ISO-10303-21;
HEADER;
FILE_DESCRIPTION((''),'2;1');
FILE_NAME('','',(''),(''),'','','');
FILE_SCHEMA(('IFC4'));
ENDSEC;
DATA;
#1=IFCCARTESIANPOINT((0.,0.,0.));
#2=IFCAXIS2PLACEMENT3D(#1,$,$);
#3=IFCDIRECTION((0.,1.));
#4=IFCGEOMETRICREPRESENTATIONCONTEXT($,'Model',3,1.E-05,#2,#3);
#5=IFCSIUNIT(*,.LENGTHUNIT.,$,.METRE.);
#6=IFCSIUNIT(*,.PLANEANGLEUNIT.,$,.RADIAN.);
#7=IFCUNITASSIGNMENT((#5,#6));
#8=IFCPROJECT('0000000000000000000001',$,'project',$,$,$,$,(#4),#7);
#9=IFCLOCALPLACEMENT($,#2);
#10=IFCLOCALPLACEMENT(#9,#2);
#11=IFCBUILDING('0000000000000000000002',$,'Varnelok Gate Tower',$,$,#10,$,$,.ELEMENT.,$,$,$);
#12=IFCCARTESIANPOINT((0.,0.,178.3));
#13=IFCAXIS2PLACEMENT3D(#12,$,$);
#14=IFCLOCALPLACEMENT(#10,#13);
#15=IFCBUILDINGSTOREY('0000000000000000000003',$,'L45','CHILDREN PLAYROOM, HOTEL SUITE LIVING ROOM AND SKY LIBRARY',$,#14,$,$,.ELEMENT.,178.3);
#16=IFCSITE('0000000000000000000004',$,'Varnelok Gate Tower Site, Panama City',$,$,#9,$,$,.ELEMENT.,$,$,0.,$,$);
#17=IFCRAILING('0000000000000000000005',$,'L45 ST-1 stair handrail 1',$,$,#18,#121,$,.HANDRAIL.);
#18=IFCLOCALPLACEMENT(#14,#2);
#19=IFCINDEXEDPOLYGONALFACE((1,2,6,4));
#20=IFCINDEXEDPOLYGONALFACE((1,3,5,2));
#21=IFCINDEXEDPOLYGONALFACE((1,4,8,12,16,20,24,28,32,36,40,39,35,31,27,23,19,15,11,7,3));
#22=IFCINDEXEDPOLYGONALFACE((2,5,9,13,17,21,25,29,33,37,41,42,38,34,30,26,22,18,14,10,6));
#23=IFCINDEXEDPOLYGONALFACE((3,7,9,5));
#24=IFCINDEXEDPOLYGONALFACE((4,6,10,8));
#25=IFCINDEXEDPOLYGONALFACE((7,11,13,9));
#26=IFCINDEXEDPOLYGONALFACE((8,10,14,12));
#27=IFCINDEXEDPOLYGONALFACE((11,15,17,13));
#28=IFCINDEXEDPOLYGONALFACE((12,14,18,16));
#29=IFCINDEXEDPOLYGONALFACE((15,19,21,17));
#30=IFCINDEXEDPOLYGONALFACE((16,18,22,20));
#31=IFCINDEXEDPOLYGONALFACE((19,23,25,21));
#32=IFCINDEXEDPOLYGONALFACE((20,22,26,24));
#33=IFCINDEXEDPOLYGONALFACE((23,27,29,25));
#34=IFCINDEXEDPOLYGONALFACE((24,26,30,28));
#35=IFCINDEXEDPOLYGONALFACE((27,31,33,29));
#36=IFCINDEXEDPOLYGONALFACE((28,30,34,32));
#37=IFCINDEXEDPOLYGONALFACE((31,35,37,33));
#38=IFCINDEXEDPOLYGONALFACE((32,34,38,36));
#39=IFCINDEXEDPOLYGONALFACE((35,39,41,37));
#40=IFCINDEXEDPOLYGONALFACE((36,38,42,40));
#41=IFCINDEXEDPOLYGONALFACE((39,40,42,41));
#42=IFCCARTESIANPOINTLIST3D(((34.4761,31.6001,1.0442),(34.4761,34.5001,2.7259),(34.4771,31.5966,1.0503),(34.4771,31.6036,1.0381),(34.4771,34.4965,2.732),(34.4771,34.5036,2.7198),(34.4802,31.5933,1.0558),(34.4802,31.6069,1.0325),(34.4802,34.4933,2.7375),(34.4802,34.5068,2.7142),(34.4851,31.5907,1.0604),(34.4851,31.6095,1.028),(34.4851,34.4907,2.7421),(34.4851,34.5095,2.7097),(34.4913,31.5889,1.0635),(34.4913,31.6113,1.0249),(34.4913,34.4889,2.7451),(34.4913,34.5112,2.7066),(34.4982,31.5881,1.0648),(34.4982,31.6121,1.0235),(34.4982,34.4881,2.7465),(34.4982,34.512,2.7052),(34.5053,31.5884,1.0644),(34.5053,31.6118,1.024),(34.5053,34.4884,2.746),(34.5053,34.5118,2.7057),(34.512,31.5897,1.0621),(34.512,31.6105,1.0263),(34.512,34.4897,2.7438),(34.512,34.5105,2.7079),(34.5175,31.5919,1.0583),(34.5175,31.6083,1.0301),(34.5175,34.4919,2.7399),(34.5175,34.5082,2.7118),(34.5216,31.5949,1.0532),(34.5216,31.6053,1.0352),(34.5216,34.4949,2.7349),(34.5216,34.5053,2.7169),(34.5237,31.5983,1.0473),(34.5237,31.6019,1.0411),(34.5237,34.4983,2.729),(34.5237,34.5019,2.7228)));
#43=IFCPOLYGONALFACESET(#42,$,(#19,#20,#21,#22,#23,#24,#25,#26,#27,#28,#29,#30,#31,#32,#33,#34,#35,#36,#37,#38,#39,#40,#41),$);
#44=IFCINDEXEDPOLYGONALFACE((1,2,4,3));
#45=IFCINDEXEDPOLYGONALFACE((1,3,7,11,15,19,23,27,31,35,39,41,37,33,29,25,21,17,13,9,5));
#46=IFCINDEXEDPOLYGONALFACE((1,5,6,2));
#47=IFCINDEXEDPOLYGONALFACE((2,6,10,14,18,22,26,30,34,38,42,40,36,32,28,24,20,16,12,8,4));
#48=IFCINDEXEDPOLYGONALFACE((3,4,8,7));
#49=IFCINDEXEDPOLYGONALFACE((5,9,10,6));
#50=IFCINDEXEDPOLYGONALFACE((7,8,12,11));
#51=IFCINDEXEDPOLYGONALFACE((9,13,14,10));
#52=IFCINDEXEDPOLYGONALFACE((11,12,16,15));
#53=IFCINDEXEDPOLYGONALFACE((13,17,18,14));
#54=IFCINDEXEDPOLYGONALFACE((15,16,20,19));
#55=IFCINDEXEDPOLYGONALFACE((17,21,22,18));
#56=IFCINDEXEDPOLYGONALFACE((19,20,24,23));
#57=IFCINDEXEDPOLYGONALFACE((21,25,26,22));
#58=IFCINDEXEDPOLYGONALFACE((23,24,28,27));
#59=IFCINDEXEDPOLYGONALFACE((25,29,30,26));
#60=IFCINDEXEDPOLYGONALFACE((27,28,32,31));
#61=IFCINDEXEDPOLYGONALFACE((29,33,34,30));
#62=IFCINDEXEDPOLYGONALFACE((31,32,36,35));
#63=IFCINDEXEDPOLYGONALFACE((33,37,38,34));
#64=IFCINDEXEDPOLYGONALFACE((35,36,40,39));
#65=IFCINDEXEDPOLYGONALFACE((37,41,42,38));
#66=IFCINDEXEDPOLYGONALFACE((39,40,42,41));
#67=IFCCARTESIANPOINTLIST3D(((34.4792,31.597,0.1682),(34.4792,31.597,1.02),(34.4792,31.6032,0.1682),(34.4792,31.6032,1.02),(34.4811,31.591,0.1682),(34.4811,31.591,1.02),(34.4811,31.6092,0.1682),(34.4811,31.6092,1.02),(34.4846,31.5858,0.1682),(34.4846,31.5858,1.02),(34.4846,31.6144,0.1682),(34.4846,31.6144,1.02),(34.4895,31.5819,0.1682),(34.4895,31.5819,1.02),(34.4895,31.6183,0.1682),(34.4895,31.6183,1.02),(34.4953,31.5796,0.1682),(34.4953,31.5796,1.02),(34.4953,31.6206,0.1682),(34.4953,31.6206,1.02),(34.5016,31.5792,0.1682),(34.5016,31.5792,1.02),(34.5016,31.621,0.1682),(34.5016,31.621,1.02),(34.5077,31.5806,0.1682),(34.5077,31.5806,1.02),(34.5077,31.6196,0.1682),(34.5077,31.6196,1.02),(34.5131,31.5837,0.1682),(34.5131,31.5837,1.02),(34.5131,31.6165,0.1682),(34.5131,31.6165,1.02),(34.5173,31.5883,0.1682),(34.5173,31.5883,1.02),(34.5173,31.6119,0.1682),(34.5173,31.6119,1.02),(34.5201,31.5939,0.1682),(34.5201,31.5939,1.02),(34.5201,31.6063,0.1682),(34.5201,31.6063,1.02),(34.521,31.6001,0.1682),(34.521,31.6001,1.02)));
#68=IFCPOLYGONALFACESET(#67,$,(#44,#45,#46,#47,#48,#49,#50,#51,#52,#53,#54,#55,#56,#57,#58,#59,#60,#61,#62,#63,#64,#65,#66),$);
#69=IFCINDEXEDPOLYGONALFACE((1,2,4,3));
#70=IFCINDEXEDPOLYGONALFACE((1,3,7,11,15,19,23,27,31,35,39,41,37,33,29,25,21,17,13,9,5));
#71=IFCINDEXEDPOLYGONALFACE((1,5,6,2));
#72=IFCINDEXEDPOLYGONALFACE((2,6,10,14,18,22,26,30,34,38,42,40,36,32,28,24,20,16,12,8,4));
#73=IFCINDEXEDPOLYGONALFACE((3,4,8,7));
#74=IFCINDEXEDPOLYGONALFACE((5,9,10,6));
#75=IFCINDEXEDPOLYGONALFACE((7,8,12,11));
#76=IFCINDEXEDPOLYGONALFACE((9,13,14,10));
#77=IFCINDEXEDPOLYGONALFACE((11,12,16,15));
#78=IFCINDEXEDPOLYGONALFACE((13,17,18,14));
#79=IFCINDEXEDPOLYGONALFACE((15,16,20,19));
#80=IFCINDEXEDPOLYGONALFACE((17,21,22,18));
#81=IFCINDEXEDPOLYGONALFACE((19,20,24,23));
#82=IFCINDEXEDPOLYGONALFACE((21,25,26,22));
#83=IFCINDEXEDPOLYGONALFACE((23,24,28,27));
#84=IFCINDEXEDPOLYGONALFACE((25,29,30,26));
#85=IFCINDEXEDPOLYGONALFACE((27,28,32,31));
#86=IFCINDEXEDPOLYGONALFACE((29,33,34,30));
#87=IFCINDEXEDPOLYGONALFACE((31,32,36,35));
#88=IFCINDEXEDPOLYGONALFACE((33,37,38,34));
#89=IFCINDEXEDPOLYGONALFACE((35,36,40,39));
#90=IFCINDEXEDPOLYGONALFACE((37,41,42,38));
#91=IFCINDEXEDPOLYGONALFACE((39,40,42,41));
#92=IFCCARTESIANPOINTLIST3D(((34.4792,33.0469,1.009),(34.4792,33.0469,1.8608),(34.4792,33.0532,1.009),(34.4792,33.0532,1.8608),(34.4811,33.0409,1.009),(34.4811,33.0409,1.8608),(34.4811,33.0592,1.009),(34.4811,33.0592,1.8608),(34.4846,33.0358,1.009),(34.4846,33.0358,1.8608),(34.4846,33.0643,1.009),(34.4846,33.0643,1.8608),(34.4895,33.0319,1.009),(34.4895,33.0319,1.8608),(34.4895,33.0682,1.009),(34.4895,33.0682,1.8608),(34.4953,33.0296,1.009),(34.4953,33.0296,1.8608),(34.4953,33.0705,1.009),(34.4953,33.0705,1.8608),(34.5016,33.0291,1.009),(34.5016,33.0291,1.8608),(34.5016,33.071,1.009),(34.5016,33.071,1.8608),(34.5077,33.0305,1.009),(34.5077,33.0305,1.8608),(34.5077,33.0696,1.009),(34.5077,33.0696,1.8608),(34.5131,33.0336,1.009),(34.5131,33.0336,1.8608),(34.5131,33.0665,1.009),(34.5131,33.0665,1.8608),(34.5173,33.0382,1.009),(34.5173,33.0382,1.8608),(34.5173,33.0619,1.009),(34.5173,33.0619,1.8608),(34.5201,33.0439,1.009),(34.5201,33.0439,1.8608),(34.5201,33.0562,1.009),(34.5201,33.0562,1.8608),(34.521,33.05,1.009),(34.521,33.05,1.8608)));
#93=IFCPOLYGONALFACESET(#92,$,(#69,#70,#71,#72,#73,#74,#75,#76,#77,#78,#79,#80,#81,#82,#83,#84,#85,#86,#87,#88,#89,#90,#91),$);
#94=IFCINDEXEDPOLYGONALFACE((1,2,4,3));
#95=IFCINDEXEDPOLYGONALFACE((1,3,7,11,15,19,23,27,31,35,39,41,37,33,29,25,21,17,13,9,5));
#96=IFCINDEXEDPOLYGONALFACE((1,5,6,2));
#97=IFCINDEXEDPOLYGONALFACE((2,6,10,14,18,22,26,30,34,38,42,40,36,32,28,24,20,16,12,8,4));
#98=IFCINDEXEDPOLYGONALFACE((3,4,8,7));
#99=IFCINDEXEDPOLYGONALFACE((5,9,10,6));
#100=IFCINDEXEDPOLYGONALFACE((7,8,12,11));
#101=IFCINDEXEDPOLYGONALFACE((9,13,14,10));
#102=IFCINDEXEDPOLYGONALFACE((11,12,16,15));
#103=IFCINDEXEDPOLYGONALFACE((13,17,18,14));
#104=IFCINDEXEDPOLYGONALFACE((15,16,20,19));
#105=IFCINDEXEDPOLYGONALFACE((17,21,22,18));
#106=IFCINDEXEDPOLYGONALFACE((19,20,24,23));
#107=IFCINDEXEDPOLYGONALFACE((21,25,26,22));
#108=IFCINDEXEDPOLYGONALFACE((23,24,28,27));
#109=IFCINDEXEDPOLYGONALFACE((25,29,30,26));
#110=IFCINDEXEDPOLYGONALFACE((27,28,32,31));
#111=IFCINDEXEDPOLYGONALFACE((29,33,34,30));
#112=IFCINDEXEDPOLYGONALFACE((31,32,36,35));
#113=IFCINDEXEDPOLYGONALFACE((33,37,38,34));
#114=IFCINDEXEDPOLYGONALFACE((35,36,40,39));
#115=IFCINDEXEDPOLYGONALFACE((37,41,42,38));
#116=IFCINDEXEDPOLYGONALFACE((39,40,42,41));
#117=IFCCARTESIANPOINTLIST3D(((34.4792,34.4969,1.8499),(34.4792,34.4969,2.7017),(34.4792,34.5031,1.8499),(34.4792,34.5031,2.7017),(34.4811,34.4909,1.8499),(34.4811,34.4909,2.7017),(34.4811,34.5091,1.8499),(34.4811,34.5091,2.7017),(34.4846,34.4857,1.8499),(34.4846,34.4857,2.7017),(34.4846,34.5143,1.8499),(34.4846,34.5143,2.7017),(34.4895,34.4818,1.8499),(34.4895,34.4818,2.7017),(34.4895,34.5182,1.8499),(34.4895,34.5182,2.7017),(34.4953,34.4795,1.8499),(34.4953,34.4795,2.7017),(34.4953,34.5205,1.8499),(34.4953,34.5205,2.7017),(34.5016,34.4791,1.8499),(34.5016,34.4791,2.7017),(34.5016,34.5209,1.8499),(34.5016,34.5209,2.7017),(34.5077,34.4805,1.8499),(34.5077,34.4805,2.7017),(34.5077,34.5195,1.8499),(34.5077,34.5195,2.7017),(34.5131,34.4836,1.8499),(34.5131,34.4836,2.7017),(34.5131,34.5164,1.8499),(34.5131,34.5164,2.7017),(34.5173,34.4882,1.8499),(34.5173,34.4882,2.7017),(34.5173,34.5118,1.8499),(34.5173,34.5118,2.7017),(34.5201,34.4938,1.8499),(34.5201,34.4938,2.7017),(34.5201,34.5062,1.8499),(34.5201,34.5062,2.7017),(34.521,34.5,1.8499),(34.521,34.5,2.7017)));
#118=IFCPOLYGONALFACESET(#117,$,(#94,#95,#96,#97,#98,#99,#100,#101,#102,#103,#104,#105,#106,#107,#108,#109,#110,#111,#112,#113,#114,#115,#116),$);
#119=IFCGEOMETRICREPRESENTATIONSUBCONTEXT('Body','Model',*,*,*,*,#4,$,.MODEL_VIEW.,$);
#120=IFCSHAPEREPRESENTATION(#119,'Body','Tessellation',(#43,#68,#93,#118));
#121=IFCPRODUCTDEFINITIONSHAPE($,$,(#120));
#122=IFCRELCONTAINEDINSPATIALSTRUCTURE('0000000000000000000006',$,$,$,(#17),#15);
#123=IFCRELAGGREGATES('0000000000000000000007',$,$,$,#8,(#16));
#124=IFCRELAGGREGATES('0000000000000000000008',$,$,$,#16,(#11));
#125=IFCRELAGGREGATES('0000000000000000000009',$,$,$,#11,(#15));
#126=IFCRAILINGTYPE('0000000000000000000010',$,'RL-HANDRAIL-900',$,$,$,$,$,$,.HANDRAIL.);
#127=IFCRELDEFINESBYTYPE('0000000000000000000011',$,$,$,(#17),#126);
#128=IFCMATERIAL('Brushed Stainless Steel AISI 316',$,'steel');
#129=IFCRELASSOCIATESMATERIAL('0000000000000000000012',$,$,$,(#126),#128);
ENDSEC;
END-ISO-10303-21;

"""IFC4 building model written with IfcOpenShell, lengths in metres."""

from ifc_helpers import new_model, si_unit, direction, frame, origin, origin_2d, place, context, subcontext, project, spatial, circle, extrude, material, type_object, element, save


model = new_model("IFC4")

# Units and contexts
model_context = context("Model", 3, precision=1e-05, world=origin(), true_north=direction((0.0, 1.0)))
body_context = subcontext(model_context, "Body", "Model", "MODEL_VIEW")
ifc_project = project(units=[si_unit("LENGTHUNIT", "METRE"), si_unit("PLANEANGLEUNIT", "RADIAN")], contexts=[model_context])

# Site, building, storey
site_placement = place(None, origin())
site = spatial("IfcSite", under=ifc_project, at=site_placement, Name="Varnelok Gate Tower Site, Panama City", CompositionType="ELEMENT", RefElevation=0.0)
building_placement = place(site_placement, origin())
building = spatial("IfcBuilding", under=site, at=building_placement, Name="Varnelok Gate Tower", CompositionType="ELEMENT")
storey_placement = place(building_placement, frame((0.0, 0.0, 178.3)))
storey = spatial("IfcBuildingStorey", under=building, at=storey_placement, Name="L45", Description="CHILDREN PLAYROOM, HOTEL SUITE LIVING ROOM AND SKY LIBRARY", CompositionType="ELEMENT", Elevation=178.3)

# Railing
ifc_material_1 = material(Name="Brushed Stainless Steel AISI 316", Category="steel")
railing_type_1 = type_object("IfcRailingType", Name="RL-HANDRAIL-900", PredefinedType="HANDRAIL", material=ifc_material_1)
railing_1_placement = place(storey_placement, frame((34.5, 31.6001, 0.1682)))
element("IfcRailing", 1, at=railing_1_placement, inside=storey, type_object=railing_type_1, Name="L45 ST-1 stair handrail 1", PredefinedType="HANDRAIL", context=body_context, shape_type="SweptSolid", body=[
    extrude(circle(Radius=0.0239, at=origin_2d()), frame((0.0, 0.0, 0.876), z_axis=(0.0, 0.86507, 0.501651), x_axis=(-1.0, 0.0, 0.0)), (0.0, 0.0, 1.0), 3.3523),
    extrude(circle(Radius=0.021, at=origin_2d()), origin(), (0.0, 0.0, 1.0), 0.8518),
    extrude(circle(Radius=0.021, at=origin_2d()), frame((0.0, 1.45, 0.8408)), (0.0, 0.0, 1.0), 0.8518),
    extrude(circle(Radius=0.021, at=origin_2d()), frame((0.0, 2.8999, 1.6816)), (0.0, 0.0, 1.0), 0.8518),
])

save(model, "model.ifc")
